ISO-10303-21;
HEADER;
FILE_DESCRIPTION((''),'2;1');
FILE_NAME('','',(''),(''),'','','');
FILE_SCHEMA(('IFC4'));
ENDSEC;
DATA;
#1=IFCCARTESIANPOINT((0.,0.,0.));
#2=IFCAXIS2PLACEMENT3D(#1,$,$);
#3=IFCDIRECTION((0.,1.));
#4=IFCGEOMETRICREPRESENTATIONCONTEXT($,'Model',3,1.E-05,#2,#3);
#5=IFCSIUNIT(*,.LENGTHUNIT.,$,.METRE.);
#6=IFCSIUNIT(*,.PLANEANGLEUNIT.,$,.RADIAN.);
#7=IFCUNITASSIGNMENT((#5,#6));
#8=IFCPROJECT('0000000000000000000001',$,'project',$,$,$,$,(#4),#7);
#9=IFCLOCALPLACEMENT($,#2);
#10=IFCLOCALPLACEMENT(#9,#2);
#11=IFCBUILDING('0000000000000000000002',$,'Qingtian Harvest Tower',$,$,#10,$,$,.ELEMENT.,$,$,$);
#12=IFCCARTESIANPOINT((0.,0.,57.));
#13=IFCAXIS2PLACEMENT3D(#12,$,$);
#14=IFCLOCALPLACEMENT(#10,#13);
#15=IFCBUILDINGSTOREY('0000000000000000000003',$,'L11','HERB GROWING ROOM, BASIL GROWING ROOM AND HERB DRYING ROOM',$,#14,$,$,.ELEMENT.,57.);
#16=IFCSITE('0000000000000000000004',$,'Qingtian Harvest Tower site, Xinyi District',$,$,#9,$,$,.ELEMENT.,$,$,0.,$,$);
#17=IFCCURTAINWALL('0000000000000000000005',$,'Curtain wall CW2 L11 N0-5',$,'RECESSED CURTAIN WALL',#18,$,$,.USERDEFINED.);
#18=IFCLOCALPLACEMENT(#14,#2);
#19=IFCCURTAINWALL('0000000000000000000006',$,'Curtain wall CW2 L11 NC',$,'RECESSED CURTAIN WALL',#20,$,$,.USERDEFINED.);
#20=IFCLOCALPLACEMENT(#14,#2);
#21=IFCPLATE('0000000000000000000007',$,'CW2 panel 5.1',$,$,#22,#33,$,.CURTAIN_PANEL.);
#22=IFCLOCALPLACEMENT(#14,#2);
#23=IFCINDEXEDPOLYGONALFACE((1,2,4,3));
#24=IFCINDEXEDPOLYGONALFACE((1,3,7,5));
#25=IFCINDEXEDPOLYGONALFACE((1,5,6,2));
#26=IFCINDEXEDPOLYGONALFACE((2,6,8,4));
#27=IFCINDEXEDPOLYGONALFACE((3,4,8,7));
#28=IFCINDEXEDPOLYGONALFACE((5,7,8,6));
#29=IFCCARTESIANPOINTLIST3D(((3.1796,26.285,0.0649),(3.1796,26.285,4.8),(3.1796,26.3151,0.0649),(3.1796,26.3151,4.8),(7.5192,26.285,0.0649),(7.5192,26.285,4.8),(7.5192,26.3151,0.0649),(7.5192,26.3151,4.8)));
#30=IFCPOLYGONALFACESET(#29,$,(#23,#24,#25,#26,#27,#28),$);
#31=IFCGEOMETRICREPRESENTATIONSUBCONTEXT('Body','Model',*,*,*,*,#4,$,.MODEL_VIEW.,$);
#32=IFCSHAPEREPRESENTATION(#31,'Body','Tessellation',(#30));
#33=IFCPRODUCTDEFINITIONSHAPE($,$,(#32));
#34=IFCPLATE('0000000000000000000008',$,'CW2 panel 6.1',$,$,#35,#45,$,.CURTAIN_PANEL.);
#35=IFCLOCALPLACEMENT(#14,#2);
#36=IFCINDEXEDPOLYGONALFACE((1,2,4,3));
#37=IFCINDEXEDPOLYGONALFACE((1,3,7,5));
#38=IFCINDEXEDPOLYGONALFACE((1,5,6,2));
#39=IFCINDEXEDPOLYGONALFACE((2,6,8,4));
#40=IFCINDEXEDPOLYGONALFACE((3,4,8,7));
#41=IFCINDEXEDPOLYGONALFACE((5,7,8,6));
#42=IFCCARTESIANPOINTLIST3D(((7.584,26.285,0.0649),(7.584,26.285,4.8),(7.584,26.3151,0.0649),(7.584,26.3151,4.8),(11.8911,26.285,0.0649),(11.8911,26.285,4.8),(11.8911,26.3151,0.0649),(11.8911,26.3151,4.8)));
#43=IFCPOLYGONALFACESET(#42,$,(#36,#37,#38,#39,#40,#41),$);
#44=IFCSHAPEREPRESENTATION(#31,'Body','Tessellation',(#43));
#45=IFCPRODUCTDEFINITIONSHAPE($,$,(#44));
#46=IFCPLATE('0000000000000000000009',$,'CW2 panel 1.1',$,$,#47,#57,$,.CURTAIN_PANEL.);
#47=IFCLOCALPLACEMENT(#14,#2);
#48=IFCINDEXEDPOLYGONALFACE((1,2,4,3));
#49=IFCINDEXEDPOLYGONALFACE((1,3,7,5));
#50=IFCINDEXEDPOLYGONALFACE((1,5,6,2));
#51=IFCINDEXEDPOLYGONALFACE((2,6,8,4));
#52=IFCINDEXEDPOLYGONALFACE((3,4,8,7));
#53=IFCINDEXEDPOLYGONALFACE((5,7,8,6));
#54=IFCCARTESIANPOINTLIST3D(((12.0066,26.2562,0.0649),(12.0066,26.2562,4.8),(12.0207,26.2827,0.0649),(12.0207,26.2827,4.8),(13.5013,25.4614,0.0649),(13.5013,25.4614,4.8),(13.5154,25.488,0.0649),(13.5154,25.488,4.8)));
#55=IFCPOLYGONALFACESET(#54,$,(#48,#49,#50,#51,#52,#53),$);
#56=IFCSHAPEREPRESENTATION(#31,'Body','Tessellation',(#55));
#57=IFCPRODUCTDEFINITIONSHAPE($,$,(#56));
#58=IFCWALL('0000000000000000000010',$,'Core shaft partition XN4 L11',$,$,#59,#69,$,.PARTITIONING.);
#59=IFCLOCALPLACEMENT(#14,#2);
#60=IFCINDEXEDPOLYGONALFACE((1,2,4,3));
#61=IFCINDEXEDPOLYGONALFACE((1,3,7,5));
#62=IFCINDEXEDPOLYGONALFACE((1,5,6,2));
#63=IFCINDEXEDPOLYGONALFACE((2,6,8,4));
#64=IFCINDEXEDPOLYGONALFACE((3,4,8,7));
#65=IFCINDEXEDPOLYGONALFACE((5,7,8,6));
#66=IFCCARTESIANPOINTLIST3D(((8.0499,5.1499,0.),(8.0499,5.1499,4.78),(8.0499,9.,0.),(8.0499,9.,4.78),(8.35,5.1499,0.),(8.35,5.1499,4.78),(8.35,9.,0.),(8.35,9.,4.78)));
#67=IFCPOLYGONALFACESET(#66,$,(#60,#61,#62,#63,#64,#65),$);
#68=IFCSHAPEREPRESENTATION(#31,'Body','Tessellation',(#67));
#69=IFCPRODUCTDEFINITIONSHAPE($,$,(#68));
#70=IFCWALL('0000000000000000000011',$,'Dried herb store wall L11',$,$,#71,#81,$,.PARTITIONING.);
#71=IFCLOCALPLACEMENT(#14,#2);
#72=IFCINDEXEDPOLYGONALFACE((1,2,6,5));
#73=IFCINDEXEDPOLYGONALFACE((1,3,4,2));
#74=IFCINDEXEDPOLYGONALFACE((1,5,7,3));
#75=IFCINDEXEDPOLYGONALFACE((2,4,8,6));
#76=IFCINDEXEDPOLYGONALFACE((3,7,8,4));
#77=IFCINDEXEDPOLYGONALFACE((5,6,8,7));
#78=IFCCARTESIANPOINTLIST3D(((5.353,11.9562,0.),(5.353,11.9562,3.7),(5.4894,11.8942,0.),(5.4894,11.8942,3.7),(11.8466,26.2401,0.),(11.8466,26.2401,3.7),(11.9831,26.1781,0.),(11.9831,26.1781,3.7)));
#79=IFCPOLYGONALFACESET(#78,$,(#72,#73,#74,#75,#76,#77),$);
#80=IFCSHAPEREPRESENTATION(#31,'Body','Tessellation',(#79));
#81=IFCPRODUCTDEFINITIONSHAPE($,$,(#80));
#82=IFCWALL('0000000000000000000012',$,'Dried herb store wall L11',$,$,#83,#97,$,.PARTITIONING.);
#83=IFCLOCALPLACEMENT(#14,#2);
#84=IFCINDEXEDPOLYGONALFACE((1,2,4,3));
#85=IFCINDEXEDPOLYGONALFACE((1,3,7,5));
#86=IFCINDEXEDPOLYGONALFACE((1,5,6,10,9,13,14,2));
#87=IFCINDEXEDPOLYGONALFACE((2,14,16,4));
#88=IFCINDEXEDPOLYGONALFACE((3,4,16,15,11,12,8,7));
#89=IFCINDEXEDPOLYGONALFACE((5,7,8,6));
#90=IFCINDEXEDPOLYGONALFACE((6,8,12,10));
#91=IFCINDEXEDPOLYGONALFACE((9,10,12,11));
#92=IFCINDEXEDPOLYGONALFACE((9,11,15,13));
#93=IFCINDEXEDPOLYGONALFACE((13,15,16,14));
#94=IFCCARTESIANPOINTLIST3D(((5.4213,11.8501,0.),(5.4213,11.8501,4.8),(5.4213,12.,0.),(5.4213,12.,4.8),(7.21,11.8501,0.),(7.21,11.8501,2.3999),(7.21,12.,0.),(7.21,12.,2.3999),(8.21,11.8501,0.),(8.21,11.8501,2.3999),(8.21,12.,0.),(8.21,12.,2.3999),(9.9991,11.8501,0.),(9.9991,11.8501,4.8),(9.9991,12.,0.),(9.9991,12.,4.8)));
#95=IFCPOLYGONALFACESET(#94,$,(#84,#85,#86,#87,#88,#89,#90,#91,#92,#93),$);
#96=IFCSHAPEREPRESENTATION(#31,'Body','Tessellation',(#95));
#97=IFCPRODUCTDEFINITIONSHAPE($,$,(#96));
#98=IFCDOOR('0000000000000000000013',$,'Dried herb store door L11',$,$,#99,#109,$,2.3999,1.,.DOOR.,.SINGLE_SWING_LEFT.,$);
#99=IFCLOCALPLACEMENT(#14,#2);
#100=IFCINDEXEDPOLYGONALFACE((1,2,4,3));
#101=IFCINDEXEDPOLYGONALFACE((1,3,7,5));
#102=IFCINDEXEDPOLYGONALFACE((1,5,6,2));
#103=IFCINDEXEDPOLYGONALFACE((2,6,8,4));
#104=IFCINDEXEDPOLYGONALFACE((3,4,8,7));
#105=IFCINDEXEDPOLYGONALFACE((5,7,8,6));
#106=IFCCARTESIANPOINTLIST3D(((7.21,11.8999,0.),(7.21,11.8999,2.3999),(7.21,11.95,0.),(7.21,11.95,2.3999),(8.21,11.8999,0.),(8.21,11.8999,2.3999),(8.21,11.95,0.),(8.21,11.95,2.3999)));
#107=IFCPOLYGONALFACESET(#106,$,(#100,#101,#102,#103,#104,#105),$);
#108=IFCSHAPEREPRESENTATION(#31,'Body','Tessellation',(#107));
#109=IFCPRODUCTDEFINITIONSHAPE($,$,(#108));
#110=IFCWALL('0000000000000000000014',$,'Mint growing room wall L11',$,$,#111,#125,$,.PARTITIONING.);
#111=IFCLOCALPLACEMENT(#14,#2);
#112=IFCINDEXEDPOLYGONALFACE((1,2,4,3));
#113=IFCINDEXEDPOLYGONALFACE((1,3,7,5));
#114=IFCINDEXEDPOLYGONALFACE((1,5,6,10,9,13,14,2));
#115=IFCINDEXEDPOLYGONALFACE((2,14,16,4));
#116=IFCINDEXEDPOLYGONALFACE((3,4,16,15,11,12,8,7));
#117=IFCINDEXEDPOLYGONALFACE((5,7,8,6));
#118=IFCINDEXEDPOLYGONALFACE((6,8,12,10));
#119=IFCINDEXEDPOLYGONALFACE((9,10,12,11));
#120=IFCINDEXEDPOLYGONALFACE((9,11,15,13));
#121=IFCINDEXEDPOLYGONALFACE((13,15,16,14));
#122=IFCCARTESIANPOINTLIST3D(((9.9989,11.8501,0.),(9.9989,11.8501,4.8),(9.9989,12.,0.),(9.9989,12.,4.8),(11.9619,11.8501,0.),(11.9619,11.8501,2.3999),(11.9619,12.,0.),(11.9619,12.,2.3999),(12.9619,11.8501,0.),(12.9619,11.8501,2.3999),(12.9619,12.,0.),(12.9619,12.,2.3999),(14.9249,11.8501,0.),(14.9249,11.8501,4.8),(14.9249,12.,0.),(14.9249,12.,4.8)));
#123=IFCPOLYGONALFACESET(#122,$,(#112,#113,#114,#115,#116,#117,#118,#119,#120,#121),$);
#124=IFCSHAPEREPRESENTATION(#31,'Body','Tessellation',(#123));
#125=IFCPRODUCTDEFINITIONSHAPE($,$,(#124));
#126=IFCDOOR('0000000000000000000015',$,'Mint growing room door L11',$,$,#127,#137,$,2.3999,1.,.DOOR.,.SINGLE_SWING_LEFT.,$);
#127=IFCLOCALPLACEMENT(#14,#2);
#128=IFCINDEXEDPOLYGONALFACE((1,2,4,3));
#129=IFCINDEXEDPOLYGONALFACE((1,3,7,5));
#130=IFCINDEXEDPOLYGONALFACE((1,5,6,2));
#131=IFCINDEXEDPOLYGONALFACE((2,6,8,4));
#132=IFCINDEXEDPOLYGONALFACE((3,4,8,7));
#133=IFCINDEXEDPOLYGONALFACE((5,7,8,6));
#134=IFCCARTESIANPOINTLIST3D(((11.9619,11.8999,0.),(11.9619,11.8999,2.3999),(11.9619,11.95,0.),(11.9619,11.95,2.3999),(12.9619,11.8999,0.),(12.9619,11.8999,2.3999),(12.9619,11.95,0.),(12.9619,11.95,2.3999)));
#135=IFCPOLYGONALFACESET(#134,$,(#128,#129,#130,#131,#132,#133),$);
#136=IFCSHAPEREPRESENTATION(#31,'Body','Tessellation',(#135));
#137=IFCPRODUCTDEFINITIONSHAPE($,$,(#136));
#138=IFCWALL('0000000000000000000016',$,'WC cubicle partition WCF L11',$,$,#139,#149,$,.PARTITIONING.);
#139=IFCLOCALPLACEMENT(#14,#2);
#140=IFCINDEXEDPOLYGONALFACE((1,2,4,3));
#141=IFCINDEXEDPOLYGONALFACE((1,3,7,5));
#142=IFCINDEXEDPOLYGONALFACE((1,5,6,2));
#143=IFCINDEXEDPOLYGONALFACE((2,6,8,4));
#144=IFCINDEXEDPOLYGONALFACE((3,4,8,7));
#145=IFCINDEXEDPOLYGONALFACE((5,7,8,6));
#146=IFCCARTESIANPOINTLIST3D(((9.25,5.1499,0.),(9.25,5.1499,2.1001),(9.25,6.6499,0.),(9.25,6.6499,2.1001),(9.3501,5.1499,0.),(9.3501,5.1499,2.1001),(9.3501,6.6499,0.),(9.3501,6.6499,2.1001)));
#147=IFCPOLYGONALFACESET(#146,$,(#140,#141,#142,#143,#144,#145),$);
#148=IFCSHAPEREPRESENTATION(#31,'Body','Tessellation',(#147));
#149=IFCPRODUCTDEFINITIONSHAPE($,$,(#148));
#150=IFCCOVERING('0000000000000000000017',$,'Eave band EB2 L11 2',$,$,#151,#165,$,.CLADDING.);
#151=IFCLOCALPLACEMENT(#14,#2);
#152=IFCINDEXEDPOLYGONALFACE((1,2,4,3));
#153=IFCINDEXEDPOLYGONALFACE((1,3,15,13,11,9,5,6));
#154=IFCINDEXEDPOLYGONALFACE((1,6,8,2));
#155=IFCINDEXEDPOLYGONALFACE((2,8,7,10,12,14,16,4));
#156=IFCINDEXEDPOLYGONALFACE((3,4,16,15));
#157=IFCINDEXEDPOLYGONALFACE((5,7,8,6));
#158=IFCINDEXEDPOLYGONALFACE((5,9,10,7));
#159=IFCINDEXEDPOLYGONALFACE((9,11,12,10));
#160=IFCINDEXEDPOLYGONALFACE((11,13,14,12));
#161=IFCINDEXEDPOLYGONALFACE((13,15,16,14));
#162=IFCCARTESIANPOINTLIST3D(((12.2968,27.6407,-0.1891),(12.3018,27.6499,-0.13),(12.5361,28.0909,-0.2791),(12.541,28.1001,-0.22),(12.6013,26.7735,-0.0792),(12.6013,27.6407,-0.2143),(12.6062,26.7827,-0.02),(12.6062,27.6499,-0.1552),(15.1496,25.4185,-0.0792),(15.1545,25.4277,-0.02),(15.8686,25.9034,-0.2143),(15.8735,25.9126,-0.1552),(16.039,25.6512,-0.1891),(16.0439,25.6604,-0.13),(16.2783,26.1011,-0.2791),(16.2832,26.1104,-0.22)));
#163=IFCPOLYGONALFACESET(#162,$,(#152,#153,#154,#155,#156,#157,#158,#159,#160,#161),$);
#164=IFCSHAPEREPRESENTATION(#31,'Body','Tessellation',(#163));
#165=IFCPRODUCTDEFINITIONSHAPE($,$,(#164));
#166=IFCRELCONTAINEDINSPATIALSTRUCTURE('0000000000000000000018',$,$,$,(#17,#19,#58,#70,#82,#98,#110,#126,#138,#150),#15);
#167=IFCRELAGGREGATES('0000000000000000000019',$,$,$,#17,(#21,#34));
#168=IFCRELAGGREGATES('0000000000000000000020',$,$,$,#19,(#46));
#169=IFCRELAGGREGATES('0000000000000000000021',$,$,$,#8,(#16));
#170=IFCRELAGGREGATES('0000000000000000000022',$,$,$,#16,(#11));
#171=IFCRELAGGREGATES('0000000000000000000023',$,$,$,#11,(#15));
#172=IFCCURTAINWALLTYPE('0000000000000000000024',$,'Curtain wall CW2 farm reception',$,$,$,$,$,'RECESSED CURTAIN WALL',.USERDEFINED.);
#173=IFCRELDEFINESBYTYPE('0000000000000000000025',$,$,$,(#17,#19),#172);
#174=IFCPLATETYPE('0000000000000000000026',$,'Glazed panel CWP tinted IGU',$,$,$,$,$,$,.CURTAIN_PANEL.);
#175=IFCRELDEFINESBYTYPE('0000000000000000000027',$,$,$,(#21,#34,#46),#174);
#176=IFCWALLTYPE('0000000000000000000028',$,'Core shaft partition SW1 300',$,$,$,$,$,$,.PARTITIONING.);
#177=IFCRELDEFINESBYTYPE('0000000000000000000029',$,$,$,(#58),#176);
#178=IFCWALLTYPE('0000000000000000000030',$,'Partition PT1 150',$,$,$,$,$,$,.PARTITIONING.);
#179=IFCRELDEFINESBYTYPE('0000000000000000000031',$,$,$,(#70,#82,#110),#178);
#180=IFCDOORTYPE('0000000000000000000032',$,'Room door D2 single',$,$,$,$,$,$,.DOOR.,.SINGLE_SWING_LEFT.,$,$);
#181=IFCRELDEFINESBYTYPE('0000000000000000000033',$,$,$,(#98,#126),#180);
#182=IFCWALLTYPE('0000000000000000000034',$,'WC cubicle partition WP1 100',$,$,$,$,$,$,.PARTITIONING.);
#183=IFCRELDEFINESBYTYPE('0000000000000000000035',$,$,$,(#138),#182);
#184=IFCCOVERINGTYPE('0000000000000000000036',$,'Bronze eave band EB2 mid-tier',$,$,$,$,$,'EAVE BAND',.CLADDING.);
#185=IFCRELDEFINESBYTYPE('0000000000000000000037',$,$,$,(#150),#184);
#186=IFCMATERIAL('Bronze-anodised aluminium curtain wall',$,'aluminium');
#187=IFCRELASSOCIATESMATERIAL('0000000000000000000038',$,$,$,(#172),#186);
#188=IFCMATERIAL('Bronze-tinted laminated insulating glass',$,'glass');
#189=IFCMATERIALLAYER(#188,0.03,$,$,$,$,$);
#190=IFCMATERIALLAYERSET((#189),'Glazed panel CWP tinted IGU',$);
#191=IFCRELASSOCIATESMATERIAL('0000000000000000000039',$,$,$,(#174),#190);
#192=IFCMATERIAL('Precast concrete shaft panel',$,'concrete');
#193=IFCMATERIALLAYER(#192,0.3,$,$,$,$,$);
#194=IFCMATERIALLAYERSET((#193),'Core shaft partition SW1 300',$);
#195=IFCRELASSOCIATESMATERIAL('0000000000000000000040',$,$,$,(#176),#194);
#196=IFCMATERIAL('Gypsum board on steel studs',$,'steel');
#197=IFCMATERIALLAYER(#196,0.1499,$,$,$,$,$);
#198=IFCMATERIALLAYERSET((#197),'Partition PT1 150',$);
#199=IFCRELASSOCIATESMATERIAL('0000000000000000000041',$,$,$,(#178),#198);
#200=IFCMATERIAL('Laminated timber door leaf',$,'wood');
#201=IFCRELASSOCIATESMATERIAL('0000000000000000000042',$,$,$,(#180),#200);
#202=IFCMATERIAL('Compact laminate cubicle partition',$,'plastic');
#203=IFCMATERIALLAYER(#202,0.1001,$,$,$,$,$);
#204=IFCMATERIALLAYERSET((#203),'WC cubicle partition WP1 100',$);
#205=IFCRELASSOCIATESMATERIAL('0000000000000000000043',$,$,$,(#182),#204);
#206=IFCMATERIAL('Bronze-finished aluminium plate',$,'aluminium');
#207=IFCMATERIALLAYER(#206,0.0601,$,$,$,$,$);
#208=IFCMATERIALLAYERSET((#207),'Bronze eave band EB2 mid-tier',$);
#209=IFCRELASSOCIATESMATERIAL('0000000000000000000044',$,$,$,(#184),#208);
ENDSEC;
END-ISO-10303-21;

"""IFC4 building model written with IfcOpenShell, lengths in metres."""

from ifc_helpers import new_model, si_unit, direction, frame, frame_2d, origin, origin_2d, place, context, subcontext, project, spatial, polyline, rectangle, outline, extrude, material, layer, layer_set, type_object, element, fill, aggregate, save


model = new_model("IFC4")

# Units and contexts
model_context = context("Model", 3, precision=1e-05, world=origin(), true_north=direction((0.0, 1.0)))
body_context = subcontext(model_context, "Body", "Model", "MODEL_VIEW")
ifc_project = project(units=[si_unit("LENGTHUNIT", "METRE"), si_unit("PLANEANGLEUNIT", "RADIAN")], contexts=[model_context])

# Site, building, storey
site_placement = place(None, origin())
site = spatial("IfcSite", under=ifc_project, at=site_placement, Name="Qingtian Harvest Tower site, Xinyi District", CompositionType="ELEMENT", RefElevation=0.0)
building_placement = place(site_placement, origin())
building = spatial("IfcBuilding", under=site, at=building_placement, Name="Qingtian Harvest Tower", CompositionType="ELEMENT")
storey_placement = place(building_placement, frame((0.0, 0.0, 57.0)))
storey = spatial("IfcBuildingStorey", under=building, at=storey_placement, Name="L11", Description="HERB GROWING ROOM, BASIL GROWING ROOM AND HERB DRYING ROOM", CompositionType="ELEMENT", Elevation=57.0)

# Curtain walls
ifc_material_1 = material(Name="Bronze-anodised aluminium curtain wall", Category="aluminium")
curtain_wall_type = type_object("IfcCurtainWallType", Name="Curtain wall CW2 farm reception", ElementType="RECESSED CURTAIN WALL", PredefinedType="USERDEFINED", material=ifc_material_1)
curtain_wall_1_placement = place(storey_placement, origin())
curtain_wall_1 = element("IfcCurtainWall", 1, at=curtain_wall_1_placement, inside=storey, type_object=curtain_wall_type, Name="Curtain wall CW2 L11 N0-5", ObjectType="RECESSED CURTAIN WALL", PredefinedType="USERDEFINED")
curtain_wall_2_placement = place(storey_placement, origin())
curtain_wall_2 = element("IfcCurtainWall", 2, at=curtain_wall_2_placement, inside=storey, type_object=curtain_wall_type, Name="Curtain wall CW2 L11 NC", ObjectType="RECESSED CURTAIN WALL", PredefinedType="USERDEFINED")

# Plates
ifc_material_2 = material(Name="Bronze-tinted laminated insulating glass", Category="glass")
ifc_layer_1 = layer(ifc_material_2, 0.03)
ifc_layer_set_1 = layer_set([ifc_layer_1], Name="Glazed panel CWP tinted IGU")
plate_type = type_object("IfcPlateType", Name="Glazed panel CWP tinted IGU", PredefinedType="CURTAIN_PANEL", material=ifc_layer_set_1)
plate_1_placement = place(storey_placement, frame((5.3494, 26.3, 0.0649), z_axis=(0.0, 0.0, 1.0), x_axis=(1.0, 0.0, 0.0)))
plate_1 = element("IfcPlate", 3, at=plate_1_placement, type_object=plate_type, Name="CW2 panel 5.1", PredefinedType="CURTAIN_PANEL", context=body_context, shape_type="SweptSolid", body=[
    extrude(rectangle(XDim=4.3396, YDim=0.03, at=origin_2d()), origin(), (0.0, 0.0, 1.0), 4.7351),
])
plate_2_placement = place(storey_placement, frame((9.7375, 26.3, 0.0649), z_axis=(0.0, 0.0, 1.0), x_axis=(1.0, 0.0, 0.0)))
plate_2 = element("IfcPlate", 4, at=plate_2_placement, type_object=plate_type, Name="CW2 panel 6.1", PredefinedType="CURTAIN_PANEL", context=body_context, shape_type="SweptSolid", body=[
    extrude(rectangle(XDim=4.3071, YDim=0.03, at=origin_2d()), origin(), (0.0, 0.0, 1.0), 4.7351),
])
aggregate(curtain_wall_1, [plate_1, plate_2])
plate_3_placement = place(storey_placement, frame((12.761, 25.8721, 0.0649), z_axis=(0.0, 0.0, 1.0), x_axis=(0.882948, -0.469472, 0.0)))
plate_3 = element("IfcPlate", 5, at=plate_3_placement, type_object=plate_type, Name="CW2 panel 1.1", PredefinedType="CURTAIN_PANEL", context=body_context, shape_type="SweptSolid", body=[
    extrude(rectangle(XDim=1.6929, YDim=0.03, at=origin_2d()), origin(), (0.0, 0.0, 1.0), 4.7351),
])
aggregate(curtain_wall_2, [plate_3])

# Walls
ifc_material_3 = material(Name="Precast concrete shaft panel", Category="concrete")
ifc_layer_2 = layer(ifc_material_3, 0.3)
ifc_layer_set_2 = layer_set([ifc_layer_2], Name="Core shaft partition SW1 300")
wall_type_1 = type_object("IfcWallType", Name="Core shaft partition SW1 300", PredefinedType="PARTITIONING", material=ifc_layer_set_2)
wall_1_placement = place(storey_placement, frame((8.2, 5.1499, 0.0), z_axis=(0.0, 0.0, 1.0), x_axis=(0.0, 1.0, 0.0)))
element("IfcWall", 6, at=wall_1_placement, inside=storey, type_object=wall_type_1, Name="Core shaft partition XN4 L11", PredefinedType="PARTITIONING", context=body_context, shape_type="SweptSolid", body=[
    extrude(rectangle(XDim=3.8501, YDim=0.3, at=frame_2d((1.925, 0.0))), origin(), (0.0, 0.0, 1.0), 4.78),
])
ifc_material_4 = material(Name="Gypsum board on steel studs", Category="steel")
ifc_layer_3 = layer(ifc_material_4, 0.1499)
ifc_layer_set_3 = layer_set([ifc_layer_3], Name="Partition PT1 150")
wall_type_2 = type_object("IfcWallType", Name="Partition PT1 150", PredefinedType="PARTITIONING", material=ifc_layer_set_3)
wall_2_placement = place(storey_placement, frame((11.9148, 26.209, 0.0), z_axis=(0.0, 0.0, 1.0), x_axis=(-0.413853, -0.910344, 0.0)))
element("IfcWall", 7, at=wall_2_placement, inside=storey, type_object=wall_type_2, Name="Dried herb store wall L11", PredefinedType="PARTITIONING", context=body_context, shape_type="SweptSolid", body=[
    extrude(rectangle(XDim=15.6907, YDim=0.1499, at=frame_2d((7.8452, 0.0))), origin(), (0.0, 0.0, 1.0), 3.7),
])

# Walls, openings, doors
wall_3_placement = place(storey_placement, frame((5.4211, 11.925, 0.0), z_axis=(0.0, 0.0, 1.0), x_axis=(1.0, 0.0, 0.0)))
wall_3 = element("IfcWall", 8, at=wall_3_placement, inside=storey, type_object=wall_type_2, Name="Dried herb store wall L11", PredefinedType="PARTITIONING", context=body_context, shape_type="SweptSolid", body=[
    extrude(rectangle(XDim=4.5779, YDim=0.1499, at=frame_2d((2.2891, 0.0))), origin(), (0.0, 0.0, 1.0), 4.8),
])
opening_1_placement = place(wall_3_placement, frame((1.7888, 0.0, 0.0)))
opening_1 = element("IfcOpeningElement", 9, at=opening_1_placement, cuts=wall_3, PredefinedType="OPENING", context=body_context, shape_type="SweptSolid", body=[
    extrude(rectangle(XDim=1.0, YDim=2.3999, at=frame_2d((0.5, 1.2))), frame((0.0, 0.085, 0.0), z_axis=(0.0, -1.0, 0.0), x_axis=(1.0, 0.0, 0.0)), (0.0, 0.0, 1.0), 0.1699),
])
ifc_material_5 = material(Name="Laminated timber door leaf", Category="wood")
door_type = type_object("IfcDoorType", Name="Room door D2 single", OperationType="SINGLE_SWING_LEFT", PredefinedType="DOOR", material=ifc_material_5)
door_1_placement = place(opening_1_placement, origin())
door_1 = element("IfcDoor", 10, at=door_1_placement, inside=storey, type_object=door_type, Name="Dried herb store door L11", OperationType="SINGLE_SWING_LEFT", OverallHeight=2.3999, OverallWidth=1.0, PredefinedType="DOOR", context=body_context, shape_type="SweptSolid", body=[
    extrude(rectangle(XDim=1.0, YDim=2.3999, at=frame_2d((0.5, 1.2))), frame((0.0, 0.0249, 0.0), z_axis=(0.0, -1.0, 0.0), x_axis=(1.0, 0.0, 0.0)), (0.0, 0.0, 1.0), 0.05),
])
fill(opening_1, door_1)
wall_4_placement = place(storey_placement, frame((9.999, 11.925, 0.0), z_axis=(0.0, 0.0, 1.0), x_axis=(1.0, 0.0, 0.0)))
wall_4 = element("IfcWall", 11, at=wall_4_placement, inside=storey, type_object=wall_type_2, Name="Mint growing room wall L11", PredefinedType="PARTITIONING", context=body_context, shape_type="SweptSolid", body=[
    extrude(rectangle(XDim=4.926, YDim=0.1499, at=frame_2d((2.4629, 0.0))), origin(), (0.0, 0.0, 1.0), 4.8),
])
opening_2_placement = place(wall_4_placement, frame((1.9629, 0.0, 0.0)))
opening_2 = element("IfcOpeningElement", 12, at=opening_2_placement, cuts=wall_4, PredefinedType="OPENING", context=body_context, shape_type="SweptSolid", body=[
    extrude(rectangle(XDim=1.0, YDim=2.3999, at=frame_2d((0.5, 1.2))), frame((0.0, 0.085, 0.0), z_axis=(0.0, -1.0, 0.0), x_axis=(1.0, 0.0, 0.0)), (0.0, 0.0, 1.0), 0.1699),
])
door_2_placement = place(opening_2_placement, origin())
door_2 = element("IfcDoor", 13, at=door_2_placement, inside=storey, type_object=door_type, Name="Mint growing room door L11", OperationType="SINGLE_SWING_LEFT", OverallHeight=2.3999, OverallWidth=1.0, PredefinedType="DOOR", context=body_context, shape_type="SweptSolid", body=[
    extrude(rectangle(XDim=1.0, YDim=2.3999, at=frame_2d((0.5, 1.2))), frame((0.0, 0.0249, 0.0), z_axis=(0.0, -1.0, 0.0), x_axis=(1.0, 0.0, 0.0)), (0.0, 0.0, 1.0), 0.05),
])
fill(opening_2, door_2)

# Wall
ifc_material_6 = material(Name="Compact laminate cubicle partition", Category="plastic")
ifc_layer_4 = layer(ifc_material_6, 0.1001)
ifc_layer_set_4 = layer_set([ifc_layer_4], Name="WC cubicle partition WP1 100")
wall_type_3 = type_object("IfcWallType", Name="WC cubicle partition WP1 100", PredefinedType="PARTITIONING", material=ifc_layer_set_4)
wall_5_placement = place(storey_placement, frame((9.3, 5.1499, 0.0), z_axis=(0.0, 0.0, 1.0), x_axis=(0.0, 1.0, 0.0)))
element("IfcWall", 14, at=wall_5_placement, inside=storey, type_object=wall_type_3, Name="WC cubicle partition WCF L11", PredefinedType="PARTITIONING", context=body_context, shape_type="SweptSolid", body=[
    extrude(rectangle(XDim=1.5, YDim=0.1001, at=frame_2d((0.75, 0.0))), origin(), (0.0, 0.0, 1.0), 2.1001),
])

# Covering
ifc_material_7 = material(Name="Bronze-finished aluminium plate", Category="aluminium")
ifc_layer_5 = layer(ifc_material_7, 0.0601)
ifc_layer_set_5 = layer_set([ifc_layer_5], Name="Bronze eave band EB2 mid-tier")
covering_type = type_object("IfcCoveringType", Name="Bronze eave band EB2 mid-tier", ElementType="EAVE BAND", PredefinedType="CLADDING", material=ifc_layer_set_5)
covering_placement = place(storey_placement, frame((12.6062, 26.7827, -0.02), z_axis=(0.081616, 0.153501, 0.984772), x_axis=(0.000007, 0.988068, -0.154015)))
element("IfcCovering", 15, at=covering_placement, inside=storey, type_object=covering_type, Name="Eave band EB2 L11 2", PredefinedType="CLADDING", context=body_context, shape_type="SweptSolid", body=[
    extrude(outline(polyline([(0.0, 0.0), (0.8777, 0.0), (0.8738, 0.3055), (1.3325, 0.0654), (-0.6335, -3.6893), (-1.092, -3.4493), (-0.8389, -3.2783), (-1.3388, -2.5569), (0.0, 0.0)])), origin(), (0.0, 0.0, -1.0), 0.0601),
])

save(model, "model.ifc")
